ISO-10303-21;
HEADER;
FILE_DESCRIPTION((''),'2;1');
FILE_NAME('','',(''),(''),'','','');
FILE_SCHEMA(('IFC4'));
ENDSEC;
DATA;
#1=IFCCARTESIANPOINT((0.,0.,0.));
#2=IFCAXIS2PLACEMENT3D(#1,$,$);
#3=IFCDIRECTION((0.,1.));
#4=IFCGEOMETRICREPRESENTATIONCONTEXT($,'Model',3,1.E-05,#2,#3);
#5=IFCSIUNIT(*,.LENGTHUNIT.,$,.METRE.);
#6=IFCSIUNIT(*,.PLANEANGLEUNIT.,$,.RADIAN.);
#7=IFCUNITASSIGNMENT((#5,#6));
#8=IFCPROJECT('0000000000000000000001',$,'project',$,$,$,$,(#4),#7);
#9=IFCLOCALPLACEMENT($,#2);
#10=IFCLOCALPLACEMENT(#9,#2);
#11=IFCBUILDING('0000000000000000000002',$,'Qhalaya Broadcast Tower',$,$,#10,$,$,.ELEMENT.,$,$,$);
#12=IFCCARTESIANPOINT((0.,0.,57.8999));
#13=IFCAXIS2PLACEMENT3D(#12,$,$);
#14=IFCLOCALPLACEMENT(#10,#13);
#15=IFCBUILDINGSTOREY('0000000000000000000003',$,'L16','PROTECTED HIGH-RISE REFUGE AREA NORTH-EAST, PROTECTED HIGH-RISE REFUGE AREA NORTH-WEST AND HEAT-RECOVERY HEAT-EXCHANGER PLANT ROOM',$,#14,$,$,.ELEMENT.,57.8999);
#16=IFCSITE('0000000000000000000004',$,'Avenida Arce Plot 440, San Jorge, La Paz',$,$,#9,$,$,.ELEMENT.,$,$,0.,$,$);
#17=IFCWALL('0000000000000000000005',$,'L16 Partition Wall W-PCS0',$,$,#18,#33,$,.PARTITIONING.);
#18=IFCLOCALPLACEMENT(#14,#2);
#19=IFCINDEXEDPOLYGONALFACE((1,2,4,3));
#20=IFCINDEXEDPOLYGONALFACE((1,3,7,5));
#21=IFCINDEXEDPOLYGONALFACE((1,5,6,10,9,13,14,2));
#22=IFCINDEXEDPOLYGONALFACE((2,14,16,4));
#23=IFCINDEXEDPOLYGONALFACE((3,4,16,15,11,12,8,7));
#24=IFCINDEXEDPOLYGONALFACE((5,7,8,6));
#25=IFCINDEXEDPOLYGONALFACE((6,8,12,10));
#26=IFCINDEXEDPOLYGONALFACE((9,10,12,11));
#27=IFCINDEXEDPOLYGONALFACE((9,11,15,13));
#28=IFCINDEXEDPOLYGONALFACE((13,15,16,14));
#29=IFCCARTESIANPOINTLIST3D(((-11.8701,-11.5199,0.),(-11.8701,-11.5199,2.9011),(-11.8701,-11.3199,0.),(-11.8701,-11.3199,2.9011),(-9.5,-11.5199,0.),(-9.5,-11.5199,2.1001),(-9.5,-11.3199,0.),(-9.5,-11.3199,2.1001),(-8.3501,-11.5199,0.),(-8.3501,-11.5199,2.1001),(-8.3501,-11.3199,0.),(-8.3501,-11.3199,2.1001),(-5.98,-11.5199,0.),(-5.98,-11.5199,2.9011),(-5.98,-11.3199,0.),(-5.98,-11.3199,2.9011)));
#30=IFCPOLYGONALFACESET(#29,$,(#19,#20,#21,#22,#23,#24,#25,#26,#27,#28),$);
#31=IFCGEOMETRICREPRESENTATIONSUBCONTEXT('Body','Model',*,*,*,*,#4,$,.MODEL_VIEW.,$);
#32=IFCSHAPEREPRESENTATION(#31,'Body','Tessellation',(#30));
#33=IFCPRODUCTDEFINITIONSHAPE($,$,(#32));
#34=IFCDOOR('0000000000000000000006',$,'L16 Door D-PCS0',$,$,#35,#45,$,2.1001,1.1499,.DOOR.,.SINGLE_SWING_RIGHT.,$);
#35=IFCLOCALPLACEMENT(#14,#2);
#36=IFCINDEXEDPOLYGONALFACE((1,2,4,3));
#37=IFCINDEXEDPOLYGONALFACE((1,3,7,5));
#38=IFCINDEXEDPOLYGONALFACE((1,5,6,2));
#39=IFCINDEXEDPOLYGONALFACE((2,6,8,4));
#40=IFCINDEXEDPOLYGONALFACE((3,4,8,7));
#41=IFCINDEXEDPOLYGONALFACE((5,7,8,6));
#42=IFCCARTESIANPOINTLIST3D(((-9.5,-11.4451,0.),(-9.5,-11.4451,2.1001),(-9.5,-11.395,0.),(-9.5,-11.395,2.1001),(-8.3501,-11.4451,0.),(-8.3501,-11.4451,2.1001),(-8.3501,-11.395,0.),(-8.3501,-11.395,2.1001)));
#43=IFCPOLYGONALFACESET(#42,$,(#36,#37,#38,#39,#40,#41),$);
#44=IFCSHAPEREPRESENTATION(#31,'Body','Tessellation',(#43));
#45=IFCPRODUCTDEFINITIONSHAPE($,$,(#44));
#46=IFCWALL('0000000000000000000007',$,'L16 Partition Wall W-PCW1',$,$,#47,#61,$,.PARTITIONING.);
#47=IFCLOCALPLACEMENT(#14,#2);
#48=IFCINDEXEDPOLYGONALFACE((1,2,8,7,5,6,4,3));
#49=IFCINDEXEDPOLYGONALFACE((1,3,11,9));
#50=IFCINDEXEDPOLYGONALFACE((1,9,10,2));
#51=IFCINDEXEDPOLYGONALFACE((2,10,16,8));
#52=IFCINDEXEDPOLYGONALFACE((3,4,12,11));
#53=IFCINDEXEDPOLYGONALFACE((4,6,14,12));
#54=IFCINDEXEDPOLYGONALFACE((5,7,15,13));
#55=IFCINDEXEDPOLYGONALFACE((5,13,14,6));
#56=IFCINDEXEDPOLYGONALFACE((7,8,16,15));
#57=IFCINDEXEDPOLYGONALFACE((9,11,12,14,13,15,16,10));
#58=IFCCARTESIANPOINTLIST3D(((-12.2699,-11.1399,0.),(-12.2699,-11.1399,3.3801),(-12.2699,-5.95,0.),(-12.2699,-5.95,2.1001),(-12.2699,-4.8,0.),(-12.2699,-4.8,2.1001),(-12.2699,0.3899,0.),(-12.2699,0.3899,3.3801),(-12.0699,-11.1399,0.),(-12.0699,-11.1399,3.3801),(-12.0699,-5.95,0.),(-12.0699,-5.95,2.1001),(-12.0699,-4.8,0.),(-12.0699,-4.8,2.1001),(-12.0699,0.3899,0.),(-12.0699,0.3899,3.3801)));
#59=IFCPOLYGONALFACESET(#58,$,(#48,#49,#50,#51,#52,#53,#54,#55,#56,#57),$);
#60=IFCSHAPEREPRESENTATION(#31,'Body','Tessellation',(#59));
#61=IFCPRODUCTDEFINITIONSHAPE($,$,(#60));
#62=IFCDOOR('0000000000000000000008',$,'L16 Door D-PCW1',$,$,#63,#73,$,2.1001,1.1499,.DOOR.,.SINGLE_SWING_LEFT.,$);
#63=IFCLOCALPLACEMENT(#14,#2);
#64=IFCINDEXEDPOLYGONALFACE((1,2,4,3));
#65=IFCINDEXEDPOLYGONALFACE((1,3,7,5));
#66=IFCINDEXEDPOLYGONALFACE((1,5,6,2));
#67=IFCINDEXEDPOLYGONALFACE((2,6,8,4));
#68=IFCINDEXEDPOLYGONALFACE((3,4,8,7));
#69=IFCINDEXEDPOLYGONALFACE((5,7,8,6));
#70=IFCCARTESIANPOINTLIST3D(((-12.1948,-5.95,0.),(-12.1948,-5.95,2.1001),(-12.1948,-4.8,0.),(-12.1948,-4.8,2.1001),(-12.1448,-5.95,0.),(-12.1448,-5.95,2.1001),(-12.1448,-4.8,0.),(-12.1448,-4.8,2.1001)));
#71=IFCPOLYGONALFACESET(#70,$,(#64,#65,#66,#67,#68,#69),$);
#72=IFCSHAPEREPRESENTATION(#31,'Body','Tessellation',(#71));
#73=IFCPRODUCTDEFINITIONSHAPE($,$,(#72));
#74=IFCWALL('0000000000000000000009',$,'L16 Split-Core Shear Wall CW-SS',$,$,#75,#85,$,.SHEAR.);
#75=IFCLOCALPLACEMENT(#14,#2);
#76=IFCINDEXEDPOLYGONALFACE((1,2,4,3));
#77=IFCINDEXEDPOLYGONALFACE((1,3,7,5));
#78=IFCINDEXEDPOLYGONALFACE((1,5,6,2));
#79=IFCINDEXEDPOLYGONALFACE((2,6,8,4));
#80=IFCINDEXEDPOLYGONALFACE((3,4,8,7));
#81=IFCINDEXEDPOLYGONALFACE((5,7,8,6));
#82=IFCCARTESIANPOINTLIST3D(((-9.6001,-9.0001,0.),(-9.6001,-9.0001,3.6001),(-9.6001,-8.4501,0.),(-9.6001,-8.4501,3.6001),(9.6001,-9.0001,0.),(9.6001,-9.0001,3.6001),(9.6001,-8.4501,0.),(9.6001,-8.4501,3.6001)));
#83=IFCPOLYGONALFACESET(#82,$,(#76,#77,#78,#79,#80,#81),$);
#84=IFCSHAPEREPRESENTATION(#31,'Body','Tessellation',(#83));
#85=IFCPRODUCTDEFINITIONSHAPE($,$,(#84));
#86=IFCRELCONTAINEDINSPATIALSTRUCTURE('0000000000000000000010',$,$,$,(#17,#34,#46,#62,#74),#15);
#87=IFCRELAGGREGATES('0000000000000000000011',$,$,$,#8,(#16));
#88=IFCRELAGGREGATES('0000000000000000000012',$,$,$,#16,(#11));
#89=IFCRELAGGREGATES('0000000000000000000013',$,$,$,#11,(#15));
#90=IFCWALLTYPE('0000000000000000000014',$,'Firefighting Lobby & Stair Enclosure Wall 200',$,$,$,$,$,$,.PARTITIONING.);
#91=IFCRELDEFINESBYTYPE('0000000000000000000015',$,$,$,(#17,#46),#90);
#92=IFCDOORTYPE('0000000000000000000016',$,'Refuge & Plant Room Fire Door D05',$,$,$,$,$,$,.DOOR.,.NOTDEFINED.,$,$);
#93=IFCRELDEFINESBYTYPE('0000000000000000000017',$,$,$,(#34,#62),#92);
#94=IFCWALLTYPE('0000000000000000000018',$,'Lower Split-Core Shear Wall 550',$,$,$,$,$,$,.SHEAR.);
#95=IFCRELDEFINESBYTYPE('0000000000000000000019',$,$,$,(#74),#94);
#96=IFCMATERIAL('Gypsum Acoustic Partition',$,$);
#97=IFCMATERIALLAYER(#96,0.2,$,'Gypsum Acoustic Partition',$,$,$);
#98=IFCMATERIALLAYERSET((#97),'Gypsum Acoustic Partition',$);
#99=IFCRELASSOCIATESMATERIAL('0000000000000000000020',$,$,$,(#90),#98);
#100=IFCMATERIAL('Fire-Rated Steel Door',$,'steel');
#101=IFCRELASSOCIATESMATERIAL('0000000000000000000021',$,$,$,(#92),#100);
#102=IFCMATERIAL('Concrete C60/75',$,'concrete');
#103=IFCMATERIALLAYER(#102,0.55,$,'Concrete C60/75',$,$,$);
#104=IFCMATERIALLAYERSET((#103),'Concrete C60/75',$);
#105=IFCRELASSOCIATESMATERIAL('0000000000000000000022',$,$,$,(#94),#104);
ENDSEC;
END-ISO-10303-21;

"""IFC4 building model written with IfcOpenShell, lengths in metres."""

from ifc_helpers import new_model, si_unit, direction, frame, frame_2d, origin, place, context, subcontext, project, spatial, rectangle, extrude, material, layer, layer_set, type_object, element, fill, save


model = new_model("IFC4")

# Units and contexts
model_context = context("Model", 3, precision=1e-05, world=origin(), true_north=direction((0.0, 1.0)))
body_context = subcontext(model_context, "Body", "Model", "MODEL_VIEW")
ifc_project = project(units=[si_unit("LENGTHUNIT", "METRE"), si_unit("PLANEANGLEUNIT", "RADIAN")], contexts=[model_context])

# Site, building, storey
site_placement = place(None, origin())
site = spatial("IfcSite", under=ifc_project, at=site_placement, Name="Avenida Arce Plot 440, San Jorge, La Paz", CompositionType="ELEMENT", RefElevation=0.0)
building_placement = place(site_placement, origin())
building = spatial("IfcBuilding", under=site, at=building_placement, Name="Qhalaya Broadcast Tower", CompositionType="ELEMENT")
storey_placement = place(building_placement, frame((0.0, 0.0, 57.8999)))
storey = spatial("IfcBuildingStorey", under=building, at=storey_placement, Name="L16", Description="PROTECTED HIGH-RISE REFUGE AREA NORTH-EAST, PROTECTED HIGH-RISE REFUGE AREA NORTH-WEST AND HEAT-RECOVERY HEAT-EXCHANGER PLANT ROOM", CompositionType="ELEMENT", Elevation=57.8999)

# Walls, openings, doors
ifc_material_1 = material(Name="Gypsum Acoustic Partition")
ifc_layer_1 = layer(ifc_material_1, 0.2, Name="Gypsum Acoustic Partition")
ifc_layer_set_1 = layer_set([ifc_layer_1], Name="Gypsum Acoustic Partition")
wall_type_1 = type_object("IfcWallType", Name="Firefighting Lobby & Stair Enclosure Wall 200", PredefinedType="PARTITIONING", material=ifc_layer_set_1)
wall_1_placement = place(storey_placement, frame((-11.8701, -11.4199, 0.0), z_axis=(0.0, 0.0, 1.0), x_axis=(1.0, 0.0, 0.0)))
wall_1 = element("IfcWall", 1, at=wall_1_placement, inside=storey, type_object=wall_type_1, Name="L16 Partition Wall W-PCS0", PredefinedType="PARTITIONING", context=body_context, shape_type="SweptSolid", body=[
    extrude(rectangle(XDim=5.8901, YDim=0.2, at=frame_2d((2.9451, 0.0))), origin(), (0.0, 0.0, 1.0), 2.9011),
])
opening_1_placement = place(wall_1_placement, frame((2.3701, 0.0, 0.0)))
opening_1 = element("IfcOpeningElement", 2, at=opening_1_placement, cuts=wall_1, PredefinedType="OPENING", context=body_context, shape_type="SweptSolid", body=[
    extrude(rectangle(XDim=1.1499, YDim=2.1001, at=frame_2d((0.575, 1.05))), frame((0.0, 0.1121, 0.0), z_axis=(0.0, -1.0, 0.0), x_axis=(1.0, 0.0, 0.0)), (0.0, 0.0, 1.0), 0.2239),
])
ifc_material_2 = material(Name="Fire-Rated Steel Door", Category="steel")
door_type_1 = type_object("IfcDoorType", Name="Refuge & Plant Room Fire Door D05", OperationType="NOTDEFINED", PredefinedType="DOOR", material=ifc_material_2)
door_1_placement = place(opening_1_placement, origin())
door_1 = element("IfcDoor", 3, at=door_1_placement, inside=storey, type_object=door_type_1, Name="L16 Door D-PCS0", OperationType="SINGLE_SWING_RIGHT", OverallHeight=2.1001, OverallWidth=1.1499, PredefinedType="DOOR", context=body_context, shape_type="SweptSolid", body=[
    extrude(rectangle(XDim=1.1499, YDim=2.1001, at=frame_2d((0.575, 1.05))), frame((0.0, 0.0249, 0.0), z_axis=(0.0, -1.0, 0.0), x_axis=(1.0, 0.0, 0.0)), (0.0, 0.0, 1.0), 0.05),
])
fill(opening_1, door_1)
wall_2_placement = place(storey_placement, frame((-12.1699, -11.1399, 0.0), z_axis=(0.0, 0.0, 1.0), x_axis=(0.0, 1.0, 0.0)))
wall_2 = element("IfcWall", 4, at=wall_2_placement, inside=storey, type_object=wall_type_1, Name="L16 Partition Wall W-PCW1", PredefinedType="PARTITIONING", context=body_context, shape_type="SweptSolid", body=[
    extrude(rectangle(XDim=11.5298, YDim=0.2, at=frame_2d((5.7649, 0.0))), origin(), (0.0, 0.0, 1.0), 3.3801),
])
opening_2_placement = place(wall_2_placement, frame((5.1899, 0.0, 0.0)))
opening_2 = element("IfcOpeningElement", 5, at=opening_2_placement, cuts=wall_2, PredefinedType="OPENING", context=body_context, shape_type="SweptSolid", body=[
    extrude(rectangle(XDim=1.1499, YDim=2.1001, at=frame_2d((0.575, 1.05))), frame((0.0, 0.1121, 0.0), z_axis=(0.0, -1.0, 0.0), x_axis=(1.0, 0.0, 0.0)), (0.0, 0.0, 1.0), 0.2239),
])
door_2_placement = place(opening_2_placement, origin())
door_2 = element("IfcDoor", 6, at=door_2_placement, inside=storey, type_object=door_type_1, Name="L16 Door D-PCW1", OperationType="SINGLE_SWING_LEFT", OverallHeight=2.1001, OverallWidth=1.1499, PredefinedType="DOOR", context=body_context, shape_type="SweptSolid", body=[
    extrude(rectangle(XDim=1.1499, YDim=2.1001, at=frame_2d((0.575, 1.05))), frame((0.0, 0.0249, 0.0), z_axis=(0.0, -1.0, 0.0), x_axis=(1.0, 0.0, 0.0)), (0.0, 0.0, 1.0), 0.05),
])
fill(opening_2, door_2)

# Wall
ifc_material_3 = material(Name="Concrete C60/75", Category="concrete")
ifc_layer_2 = layer(ifc_material_3, 0.55, Name="Concrete C60/75")
ifc_layer_set_2 = layer_set([ifc_layer_2], Name="Concrete C60/75")
wall_type_2 = type_object("IfcWallType", Name="Lower Split-Core Shear Wall 550", PredefinedType="SHEAR", material=ifc_layer_set_2)
wall_3_placement = place(storey_placement, frame((-9.6001, -8.7251, 0.0), z_axis=(0.0, 0.0, 1.0), x_axis=(1.0, 0.0, 0.0)))
element("IfcWall", 7, at=wall_3_placement, inside=storey, type_object=wall_type_2, Name="L16 Split-Core Shear Wall CW-SS", PredefinedType="SHEAR", context=body_context, shape_type="SweptSolid", body=[
    extrude(rectangle(XDim=19.2002, YDim=0.55, at=frame_2d((9.6001, 0.0))), origin(), (0.0, 0.0, 1.0), 3.6001),
])

save(model, "model.ifc")
